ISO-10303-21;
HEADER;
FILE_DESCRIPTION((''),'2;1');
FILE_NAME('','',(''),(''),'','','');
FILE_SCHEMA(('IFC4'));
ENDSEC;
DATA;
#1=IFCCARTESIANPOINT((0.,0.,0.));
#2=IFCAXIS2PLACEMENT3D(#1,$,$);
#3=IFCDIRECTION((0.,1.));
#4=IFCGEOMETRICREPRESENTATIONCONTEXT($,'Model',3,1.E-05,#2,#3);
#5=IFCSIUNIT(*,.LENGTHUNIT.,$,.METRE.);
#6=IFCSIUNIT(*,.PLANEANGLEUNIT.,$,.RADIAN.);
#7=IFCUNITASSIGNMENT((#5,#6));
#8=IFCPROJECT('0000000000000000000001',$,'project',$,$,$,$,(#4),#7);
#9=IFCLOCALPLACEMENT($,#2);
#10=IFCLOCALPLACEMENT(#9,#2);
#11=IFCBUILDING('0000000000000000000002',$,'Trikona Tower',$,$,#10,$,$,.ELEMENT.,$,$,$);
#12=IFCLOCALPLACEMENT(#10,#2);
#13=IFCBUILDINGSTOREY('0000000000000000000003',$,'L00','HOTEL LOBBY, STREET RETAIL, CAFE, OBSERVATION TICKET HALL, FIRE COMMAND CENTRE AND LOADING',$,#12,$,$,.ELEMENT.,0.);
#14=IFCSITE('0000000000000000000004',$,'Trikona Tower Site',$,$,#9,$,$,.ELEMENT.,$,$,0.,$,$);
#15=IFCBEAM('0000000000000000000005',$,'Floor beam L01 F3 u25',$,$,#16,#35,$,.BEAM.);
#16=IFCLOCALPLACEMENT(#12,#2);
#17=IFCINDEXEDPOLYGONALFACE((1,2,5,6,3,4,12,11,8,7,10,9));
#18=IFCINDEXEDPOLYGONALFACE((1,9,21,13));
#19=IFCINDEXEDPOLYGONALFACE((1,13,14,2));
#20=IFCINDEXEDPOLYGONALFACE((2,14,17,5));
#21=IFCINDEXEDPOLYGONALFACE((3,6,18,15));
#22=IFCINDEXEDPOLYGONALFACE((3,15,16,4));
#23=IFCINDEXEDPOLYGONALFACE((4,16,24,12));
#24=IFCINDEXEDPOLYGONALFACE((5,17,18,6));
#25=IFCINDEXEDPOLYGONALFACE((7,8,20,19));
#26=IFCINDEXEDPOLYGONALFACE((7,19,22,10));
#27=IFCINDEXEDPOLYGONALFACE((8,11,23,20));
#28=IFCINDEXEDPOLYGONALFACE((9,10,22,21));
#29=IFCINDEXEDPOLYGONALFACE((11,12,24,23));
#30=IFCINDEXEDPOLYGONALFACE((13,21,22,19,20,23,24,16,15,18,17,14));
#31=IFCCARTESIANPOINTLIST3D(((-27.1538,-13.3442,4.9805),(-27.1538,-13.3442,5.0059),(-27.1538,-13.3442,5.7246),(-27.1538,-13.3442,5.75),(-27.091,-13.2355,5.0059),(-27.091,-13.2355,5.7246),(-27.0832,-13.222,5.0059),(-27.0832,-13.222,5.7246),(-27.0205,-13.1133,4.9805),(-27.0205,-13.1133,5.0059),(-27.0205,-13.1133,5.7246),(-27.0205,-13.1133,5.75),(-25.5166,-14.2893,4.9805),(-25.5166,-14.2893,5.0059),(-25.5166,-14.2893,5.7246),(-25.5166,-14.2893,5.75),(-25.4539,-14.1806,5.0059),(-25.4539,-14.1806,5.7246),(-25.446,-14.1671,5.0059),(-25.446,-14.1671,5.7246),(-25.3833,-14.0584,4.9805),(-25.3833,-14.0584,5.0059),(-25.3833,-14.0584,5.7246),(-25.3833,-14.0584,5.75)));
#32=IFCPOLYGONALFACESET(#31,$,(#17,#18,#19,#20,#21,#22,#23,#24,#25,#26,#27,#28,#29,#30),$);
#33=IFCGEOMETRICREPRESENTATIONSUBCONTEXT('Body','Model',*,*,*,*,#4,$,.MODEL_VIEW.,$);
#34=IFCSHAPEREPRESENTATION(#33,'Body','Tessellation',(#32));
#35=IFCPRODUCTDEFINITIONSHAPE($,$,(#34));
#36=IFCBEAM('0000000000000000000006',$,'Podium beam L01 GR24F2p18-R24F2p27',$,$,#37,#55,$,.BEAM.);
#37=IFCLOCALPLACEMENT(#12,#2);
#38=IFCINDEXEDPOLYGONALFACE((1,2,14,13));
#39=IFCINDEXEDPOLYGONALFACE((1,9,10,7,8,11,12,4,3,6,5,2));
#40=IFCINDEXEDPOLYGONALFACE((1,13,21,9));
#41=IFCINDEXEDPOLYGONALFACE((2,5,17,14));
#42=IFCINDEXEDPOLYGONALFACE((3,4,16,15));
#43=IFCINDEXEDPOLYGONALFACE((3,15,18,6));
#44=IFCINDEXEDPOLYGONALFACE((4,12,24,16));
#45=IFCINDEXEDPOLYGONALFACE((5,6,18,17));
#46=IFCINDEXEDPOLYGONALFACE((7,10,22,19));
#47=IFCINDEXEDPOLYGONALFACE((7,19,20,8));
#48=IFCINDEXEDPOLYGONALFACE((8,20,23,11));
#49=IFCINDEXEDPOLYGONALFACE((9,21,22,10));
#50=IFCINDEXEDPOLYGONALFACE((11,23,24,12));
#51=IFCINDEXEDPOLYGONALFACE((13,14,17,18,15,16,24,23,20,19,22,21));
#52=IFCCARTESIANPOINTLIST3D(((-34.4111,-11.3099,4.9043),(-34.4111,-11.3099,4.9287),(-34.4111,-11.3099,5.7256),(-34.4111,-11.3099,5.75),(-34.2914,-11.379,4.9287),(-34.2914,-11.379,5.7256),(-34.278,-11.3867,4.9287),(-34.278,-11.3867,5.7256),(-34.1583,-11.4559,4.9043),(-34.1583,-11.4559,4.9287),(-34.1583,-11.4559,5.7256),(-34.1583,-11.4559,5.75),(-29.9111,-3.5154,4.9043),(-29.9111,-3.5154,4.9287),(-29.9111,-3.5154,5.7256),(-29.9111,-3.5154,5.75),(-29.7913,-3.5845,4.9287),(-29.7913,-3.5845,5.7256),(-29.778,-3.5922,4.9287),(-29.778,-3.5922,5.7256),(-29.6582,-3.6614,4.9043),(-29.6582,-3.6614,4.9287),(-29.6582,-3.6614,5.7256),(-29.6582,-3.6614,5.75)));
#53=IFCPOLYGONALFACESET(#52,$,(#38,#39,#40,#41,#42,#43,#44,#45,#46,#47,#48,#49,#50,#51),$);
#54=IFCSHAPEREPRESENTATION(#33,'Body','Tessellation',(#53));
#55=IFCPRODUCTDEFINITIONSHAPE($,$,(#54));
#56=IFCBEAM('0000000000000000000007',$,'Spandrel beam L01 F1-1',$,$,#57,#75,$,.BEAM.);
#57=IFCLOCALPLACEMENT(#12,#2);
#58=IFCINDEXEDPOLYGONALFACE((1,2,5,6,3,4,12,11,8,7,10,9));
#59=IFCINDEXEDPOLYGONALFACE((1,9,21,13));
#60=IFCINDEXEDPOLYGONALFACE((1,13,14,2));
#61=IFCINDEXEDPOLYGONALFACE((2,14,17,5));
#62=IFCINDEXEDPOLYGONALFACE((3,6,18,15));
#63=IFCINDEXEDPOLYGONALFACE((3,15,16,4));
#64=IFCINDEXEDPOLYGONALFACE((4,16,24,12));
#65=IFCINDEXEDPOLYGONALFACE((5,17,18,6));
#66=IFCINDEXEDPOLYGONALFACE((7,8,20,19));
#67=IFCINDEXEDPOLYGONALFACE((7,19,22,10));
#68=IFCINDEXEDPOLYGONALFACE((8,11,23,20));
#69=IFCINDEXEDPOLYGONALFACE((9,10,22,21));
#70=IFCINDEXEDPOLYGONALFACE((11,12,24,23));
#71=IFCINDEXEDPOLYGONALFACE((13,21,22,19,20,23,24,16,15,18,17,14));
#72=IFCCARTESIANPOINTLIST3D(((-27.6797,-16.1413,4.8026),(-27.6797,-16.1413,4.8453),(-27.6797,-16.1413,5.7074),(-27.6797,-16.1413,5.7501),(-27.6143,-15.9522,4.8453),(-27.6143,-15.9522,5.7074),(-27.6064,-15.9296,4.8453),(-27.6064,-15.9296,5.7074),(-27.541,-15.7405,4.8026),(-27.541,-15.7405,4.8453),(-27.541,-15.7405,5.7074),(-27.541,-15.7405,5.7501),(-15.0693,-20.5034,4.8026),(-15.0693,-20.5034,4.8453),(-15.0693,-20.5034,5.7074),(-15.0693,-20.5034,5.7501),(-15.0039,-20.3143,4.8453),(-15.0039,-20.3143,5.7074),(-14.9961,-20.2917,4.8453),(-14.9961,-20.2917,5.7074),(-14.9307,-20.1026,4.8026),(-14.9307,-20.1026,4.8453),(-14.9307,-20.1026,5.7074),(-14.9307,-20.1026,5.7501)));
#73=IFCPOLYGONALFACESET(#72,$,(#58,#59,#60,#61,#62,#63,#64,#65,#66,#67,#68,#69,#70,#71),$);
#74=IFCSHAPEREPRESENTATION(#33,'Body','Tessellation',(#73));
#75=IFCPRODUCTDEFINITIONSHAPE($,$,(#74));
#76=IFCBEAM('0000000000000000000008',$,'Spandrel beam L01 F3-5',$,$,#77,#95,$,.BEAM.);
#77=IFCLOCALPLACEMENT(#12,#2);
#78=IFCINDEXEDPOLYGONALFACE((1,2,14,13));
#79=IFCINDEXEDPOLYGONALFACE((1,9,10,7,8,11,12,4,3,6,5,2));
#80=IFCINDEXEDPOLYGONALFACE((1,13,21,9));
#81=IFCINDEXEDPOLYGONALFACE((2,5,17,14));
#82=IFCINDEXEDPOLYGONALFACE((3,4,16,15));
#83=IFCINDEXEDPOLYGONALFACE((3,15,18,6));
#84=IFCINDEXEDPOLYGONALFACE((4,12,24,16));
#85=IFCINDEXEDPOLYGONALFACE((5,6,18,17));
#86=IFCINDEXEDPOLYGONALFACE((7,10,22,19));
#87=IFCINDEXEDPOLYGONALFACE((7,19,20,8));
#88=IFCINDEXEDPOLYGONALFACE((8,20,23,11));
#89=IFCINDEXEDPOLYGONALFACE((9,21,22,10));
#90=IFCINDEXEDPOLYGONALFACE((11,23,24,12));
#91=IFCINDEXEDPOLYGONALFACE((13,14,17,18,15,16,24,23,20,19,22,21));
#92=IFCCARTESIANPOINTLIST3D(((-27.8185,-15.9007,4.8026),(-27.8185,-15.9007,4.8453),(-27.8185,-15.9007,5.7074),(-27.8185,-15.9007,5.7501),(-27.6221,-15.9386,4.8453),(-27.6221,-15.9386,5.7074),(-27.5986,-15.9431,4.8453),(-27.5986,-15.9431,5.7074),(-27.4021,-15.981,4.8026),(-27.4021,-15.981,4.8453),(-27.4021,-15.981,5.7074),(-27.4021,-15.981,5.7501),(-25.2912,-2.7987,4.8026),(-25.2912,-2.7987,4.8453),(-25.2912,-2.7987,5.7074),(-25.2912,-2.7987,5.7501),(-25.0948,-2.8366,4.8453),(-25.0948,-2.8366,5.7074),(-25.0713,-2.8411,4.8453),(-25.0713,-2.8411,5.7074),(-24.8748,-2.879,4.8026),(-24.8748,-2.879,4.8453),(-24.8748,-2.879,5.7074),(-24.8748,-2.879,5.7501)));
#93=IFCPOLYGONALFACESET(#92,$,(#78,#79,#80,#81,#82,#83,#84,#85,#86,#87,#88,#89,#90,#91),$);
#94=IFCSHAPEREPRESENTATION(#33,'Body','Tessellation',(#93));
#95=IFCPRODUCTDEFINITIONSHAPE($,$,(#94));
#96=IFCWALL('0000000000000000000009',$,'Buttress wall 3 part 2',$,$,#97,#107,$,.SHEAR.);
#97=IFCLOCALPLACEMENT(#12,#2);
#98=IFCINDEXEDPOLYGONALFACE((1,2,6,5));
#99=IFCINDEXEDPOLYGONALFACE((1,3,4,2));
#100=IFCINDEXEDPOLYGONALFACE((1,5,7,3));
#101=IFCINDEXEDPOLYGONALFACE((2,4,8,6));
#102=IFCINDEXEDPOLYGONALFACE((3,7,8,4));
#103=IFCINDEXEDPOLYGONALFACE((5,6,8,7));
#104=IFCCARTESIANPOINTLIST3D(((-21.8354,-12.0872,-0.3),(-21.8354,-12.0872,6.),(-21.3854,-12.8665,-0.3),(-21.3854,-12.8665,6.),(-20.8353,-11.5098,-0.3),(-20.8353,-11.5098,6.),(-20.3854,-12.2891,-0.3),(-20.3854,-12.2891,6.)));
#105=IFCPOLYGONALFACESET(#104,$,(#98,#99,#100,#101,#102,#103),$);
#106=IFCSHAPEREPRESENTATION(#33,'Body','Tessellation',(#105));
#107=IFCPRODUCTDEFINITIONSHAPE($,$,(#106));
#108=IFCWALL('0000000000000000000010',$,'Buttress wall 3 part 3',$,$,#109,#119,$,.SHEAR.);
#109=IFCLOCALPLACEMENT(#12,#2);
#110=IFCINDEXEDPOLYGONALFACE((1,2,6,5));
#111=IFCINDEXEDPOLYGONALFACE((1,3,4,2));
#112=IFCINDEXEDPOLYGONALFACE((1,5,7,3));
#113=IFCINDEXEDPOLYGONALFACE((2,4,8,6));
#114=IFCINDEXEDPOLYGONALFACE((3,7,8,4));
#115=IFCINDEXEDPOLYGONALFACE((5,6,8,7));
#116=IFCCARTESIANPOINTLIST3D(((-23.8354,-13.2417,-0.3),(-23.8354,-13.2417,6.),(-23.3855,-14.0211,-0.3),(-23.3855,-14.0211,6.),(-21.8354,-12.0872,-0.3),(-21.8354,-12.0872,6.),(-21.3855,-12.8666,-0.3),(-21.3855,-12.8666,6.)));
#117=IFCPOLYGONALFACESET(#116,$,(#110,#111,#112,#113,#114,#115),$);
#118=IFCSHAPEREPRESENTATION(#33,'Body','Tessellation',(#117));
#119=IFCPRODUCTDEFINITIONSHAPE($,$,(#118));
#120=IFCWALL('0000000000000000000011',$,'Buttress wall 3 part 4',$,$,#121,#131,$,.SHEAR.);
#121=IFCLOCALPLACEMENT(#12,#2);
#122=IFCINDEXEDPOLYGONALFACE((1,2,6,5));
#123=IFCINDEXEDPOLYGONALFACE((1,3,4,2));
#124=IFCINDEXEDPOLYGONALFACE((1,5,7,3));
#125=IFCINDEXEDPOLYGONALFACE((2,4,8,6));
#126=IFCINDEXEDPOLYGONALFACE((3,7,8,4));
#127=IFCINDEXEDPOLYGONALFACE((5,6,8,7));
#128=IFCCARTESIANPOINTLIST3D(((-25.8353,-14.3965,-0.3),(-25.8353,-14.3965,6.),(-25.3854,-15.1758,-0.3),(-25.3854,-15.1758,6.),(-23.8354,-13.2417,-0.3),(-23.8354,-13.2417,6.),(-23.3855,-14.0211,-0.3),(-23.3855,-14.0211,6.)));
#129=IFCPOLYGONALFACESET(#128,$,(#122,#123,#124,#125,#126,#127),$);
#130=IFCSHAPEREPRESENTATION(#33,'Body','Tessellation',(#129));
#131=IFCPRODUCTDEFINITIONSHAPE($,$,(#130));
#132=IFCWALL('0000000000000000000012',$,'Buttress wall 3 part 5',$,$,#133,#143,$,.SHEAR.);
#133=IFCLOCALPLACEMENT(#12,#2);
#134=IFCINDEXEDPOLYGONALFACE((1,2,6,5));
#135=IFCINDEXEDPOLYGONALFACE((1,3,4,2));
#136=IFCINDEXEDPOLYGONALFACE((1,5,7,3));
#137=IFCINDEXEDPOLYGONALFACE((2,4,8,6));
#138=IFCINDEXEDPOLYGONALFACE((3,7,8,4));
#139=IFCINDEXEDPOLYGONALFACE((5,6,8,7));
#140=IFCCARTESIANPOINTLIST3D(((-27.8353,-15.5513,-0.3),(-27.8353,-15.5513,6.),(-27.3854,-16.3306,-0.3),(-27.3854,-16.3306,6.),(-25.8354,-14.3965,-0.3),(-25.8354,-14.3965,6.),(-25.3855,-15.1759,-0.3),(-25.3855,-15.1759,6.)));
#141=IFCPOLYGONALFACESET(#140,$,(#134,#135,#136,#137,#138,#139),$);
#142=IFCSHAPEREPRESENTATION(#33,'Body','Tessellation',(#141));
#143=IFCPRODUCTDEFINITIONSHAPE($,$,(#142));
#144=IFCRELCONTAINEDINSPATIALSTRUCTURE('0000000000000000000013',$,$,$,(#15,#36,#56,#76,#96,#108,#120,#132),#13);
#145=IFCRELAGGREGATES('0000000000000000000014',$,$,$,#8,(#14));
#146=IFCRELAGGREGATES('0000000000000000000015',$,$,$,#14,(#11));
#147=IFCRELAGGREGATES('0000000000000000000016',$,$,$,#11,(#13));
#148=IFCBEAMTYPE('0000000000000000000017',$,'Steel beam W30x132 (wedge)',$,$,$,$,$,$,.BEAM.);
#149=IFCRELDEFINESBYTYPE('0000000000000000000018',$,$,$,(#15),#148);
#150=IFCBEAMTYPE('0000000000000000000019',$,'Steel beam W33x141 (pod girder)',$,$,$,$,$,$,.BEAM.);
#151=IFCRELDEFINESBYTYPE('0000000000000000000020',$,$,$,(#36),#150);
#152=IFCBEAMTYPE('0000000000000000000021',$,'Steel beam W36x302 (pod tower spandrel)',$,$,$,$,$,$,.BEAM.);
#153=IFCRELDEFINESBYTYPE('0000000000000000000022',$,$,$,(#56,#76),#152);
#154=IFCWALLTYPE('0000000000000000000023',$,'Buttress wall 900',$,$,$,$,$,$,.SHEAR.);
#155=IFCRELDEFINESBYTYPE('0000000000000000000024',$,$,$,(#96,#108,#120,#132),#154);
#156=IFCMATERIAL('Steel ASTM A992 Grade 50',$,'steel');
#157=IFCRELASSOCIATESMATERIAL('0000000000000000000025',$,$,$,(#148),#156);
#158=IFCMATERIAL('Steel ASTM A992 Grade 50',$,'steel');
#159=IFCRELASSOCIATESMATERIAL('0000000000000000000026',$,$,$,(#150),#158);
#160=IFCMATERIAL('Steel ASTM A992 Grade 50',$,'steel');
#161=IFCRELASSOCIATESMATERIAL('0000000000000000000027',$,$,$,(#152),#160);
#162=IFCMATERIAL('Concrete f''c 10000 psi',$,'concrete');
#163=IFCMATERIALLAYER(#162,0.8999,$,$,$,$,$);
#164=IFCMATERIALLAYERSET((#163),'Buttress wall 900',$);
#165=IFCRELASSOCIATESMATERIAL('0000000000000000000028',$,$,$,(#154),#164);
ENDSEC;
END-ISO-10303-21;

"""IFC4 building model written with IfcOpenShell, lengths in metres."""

from ifc_helpers import new_model, si_unit, direction, frame, frame_2d, origin, origin_2d, place, context, subcontext, project, spatial, rectangle, i_section, extrude, material, layer, layer_set, material_profile, profile_set, type_object, element, save


model = new_model("IFC4")

# Units and contexts
model_context = context("Model", 3, precision=1e-05, world=origin(), true_north=direction((0.0, 1.0)))
body_context = subcontext(model_context, "Body", "Model", "MODEL_VIEW")
ifc_project = project(units=[si_unit("LENGTHUNIT", "METRE"), si_unit("PLANEANGLEUNIT", "RADIAN")], contexts=[model_context])

# Site, building, storey
site_placement = place(None, origin())
site = spatial("IfcSite", under=ifc_project, at=site_placement, Name="Trikona Tower Site", CompositionType="ELEMENT", RefElevation=0.0)
building_placement = place(site_placement, origin())
building = spatial("IfcBuilding", under=site, at=building_placement, Name="Trikona Tower", CompositionType="ELEMENT")
storey_placement = place(building_placement, origin())
storey = spatial("IfcBuildingStorey", under=building, at=storey_placement, Name="L00", Description="HOTEL LOBBY, STREET RETAIL, CAFE, OBSERVATION TICKET HALL, FIRE COMMAND CENTRE AND LOADING", CompositionType="ELEMENT", Elevation=0.0)

# Beams
ifc_material_1 = material(Name="Steel ASTM A992 Grade 50", Category="steel")
ifc_material_profile_1 = material_profile(ifc_material_1, i_section(OverallWidth=0.2666, OverallDepth=0.7695, WebThickness=0.0156, FlangeThickness=0.0254, at=origin_2d()), Name="W30X132")
ifc_profile_set_1 = profile_set([ifc_material_profile_1], Name="Steel ASTM A992 Grade 50")
beam_type_1 = type_object("IfcBeamType", Name="Steel beam W30x132 (wedge)", PredefinedType="BEAM", material=ifc_profile_set_1)
beam_1_placement = place(storey_placement, frame((-25.45, -14.1738, 5.3652), z_axis=(-0.866065, 0.499931, 0.0), x_axis=(-0.499931, -0.866065, 0.0)))
element("IfcBeam", 1, at=beam_1_placement, inside=storey, type_object=beam_type_1, Name="Floor beam L01 F3 u25", PredefinedType="BEAM", context=body_context, shape_type="SweptSolid", body=[
    extrude(i_section(OverallWidth=0.2666, OverallDepth=0.7695, WebThickness=0.0156, FlangeThickness=0.0254, at=origin_2d()), origin(), (0.0, 0.0, 1.0), 1.8904),
])
ifc_material_2 = material(Name="Steel ASTM A992 Grade 50", Category="steel")
ifc_material_profile_2 = material_profile(ifc_material_2, i_section(OverallWidth=0.292, OverallDepth=0.8457, WebThickness=0.0154, FlangeThickness=0.0244, at=origin_2d()), Name="W33X141")
ifc_profile_set_2 = profile_set([ifc_material_profile_2], Name="Steel ASTM A992 Grade 50")
beam_type_2 = type_object("IfcBeamType", Name="Steel beam W33x141 (pod girder)", PredefinedType="BEAM", material=ifc_profile_set_2)
beam_2_placement = place(storey_placement, frame((-29.7847, -3.5884, 5.3271), z_axis=(-0.49999, -0.866031, 0.0), x_axis=(0.866031, -0.49999, 0.0)))
element("IfcBeam", 2, at=beam_2_placement, inside=storey, type_object=beam_type_2, Name="Podium beam L01 GR24F2p18-R24F2p27", PredefinedType="BEAM", context=body_context, shape_type="SweptSolid", body=[
    extrude(i_section(OverallWidth=0.292, OverallDepth=0.8457, WebThickness=0.0154, FlangeThickness=0.0244, at=origin_2d()), origin(), (0.0, 0.0, 1.0), 9.0002),
])
ifc_material_3 = material(Name="Steel ASTM A992 Grade 50", Category="steel")
ifc_material_profile_3 = material_profile(ifc_material_3, i_section(OverallWidth=0.4241, OverallDepth=0.9475, WebThickness=0.0239, FlangeThickness=0.0427, at=origin_2d()), Name="W36X302")
ifc_profile_set_3 = profile_set([ifc_material_profile_3], Name="Steel ASTM A992 Grade 50")
beam_type_3 = type_object("IfcBeamType", Name="Steel beam W36x302 (pod tower spandrel)", PredefinedType="BEAM", material=ifc_profile_set_3)
for number, where, z_axis, x_axis, name in (
    (3, (-27.6104, -15.9409, 5.2764), (0.945057, -0.326906, 0.0), (0.326906, 0.945057, 0.0), "Spandrel beam L01 F1-1"),
    (4, (-25.083, -2.8389, 5.2764), (-0.189405, -0.981899, 0.0), (0.981899, -0.189405, 0.0), "Spandrel beam L01 F3-5"),
):
    element("IfcBeam", number, at=place(storey_placement, frame(where, z_axis=z_axis, x_axis=x_axis)), inside=storey, type_object=beam_type_3, Name=name, PredefinedType="BEAM", context=body_context, shape_type="SweptSolid", body=[
        extrude(i_section(OverallWidth=0.4241, OverallDepth=0.9475, WebThickness=0.0239, FlangeThickness=0.0427, at=origin_2d()), origin(), (0.0, 0.0, 1.0), 13.3435),
    ])

# Walls
ifc_material_4 = material(Name="Concrete f'c 10000 psi", Category="concrete")
ifc_layer_1 = layer(ifc_material_4, 0.8999)
ifc_layer_set_1 = layer_set([ifc_layer_1], Name="Buttress wall 900")
wall_type_1 = type_object("IfcWallType", Name="Buttress wall 900", PredefinedType="SHEAR", material=ifc_layer_set_1)
wall_1_placement = place(storey_placement, frame((-20.6104, -11.8994, -0.3), z_axis=(0.0, 0.0, 1.0), x_axis=(-0.86601, -0.500027, 0.0)))
element("IfcWall", 5, at=wall_1_placement, inside=storey, type_object=wall_type_1, Name="Buttress wall 3 part 2", PredefinedType="SHEAR", context=body_context, shape_type="SweptSolid", body=[
    extrude(rectangle(XDim=1.1548, YDim=0.8999, at=frame_2d((0.5774, 0.0))), origin(), (0.0, 0.0, 1.0), 6.3),
])
for number, where, z_axis, x_axis, name in (
    (6, (-21.6104, -12.4768, -0.3), (0.0, 0.0, 1.0), (-0.866055, -0.499948, 0.0), "Buttress wall 3 part 3"),
    (7, (-23.6104, -13.6313, -0.3), (0.0, 0.0, 1.0), (-0.86601, -0.500027, 0.0), "Buttress wall 3 part 4"),
    (8, (-25.6104, -14.7861, -0.3), (0.0, 0.0, 1.0), (-0.86601, -0.500027, 0.0), "Buttress wall 3 part 5"),
):
    element("IfcWall", number, at=place(storey_placement, frame(where, z_axis=z_axis, x_axis=x_axis)), inside=storey, type_object=wall_type_1, Name=name, PredefinedType="SHEAR", context=body_context, shape_type="SweptSolid", body=[
        extrude(rectangle(XDim=2.3093, YDim=0.8999, at=frame_2d((1.1548, 0.0))), origin(), (0.0, 0.0, 1.0), 6.3),
    ])

save(model, "model.ifc")
